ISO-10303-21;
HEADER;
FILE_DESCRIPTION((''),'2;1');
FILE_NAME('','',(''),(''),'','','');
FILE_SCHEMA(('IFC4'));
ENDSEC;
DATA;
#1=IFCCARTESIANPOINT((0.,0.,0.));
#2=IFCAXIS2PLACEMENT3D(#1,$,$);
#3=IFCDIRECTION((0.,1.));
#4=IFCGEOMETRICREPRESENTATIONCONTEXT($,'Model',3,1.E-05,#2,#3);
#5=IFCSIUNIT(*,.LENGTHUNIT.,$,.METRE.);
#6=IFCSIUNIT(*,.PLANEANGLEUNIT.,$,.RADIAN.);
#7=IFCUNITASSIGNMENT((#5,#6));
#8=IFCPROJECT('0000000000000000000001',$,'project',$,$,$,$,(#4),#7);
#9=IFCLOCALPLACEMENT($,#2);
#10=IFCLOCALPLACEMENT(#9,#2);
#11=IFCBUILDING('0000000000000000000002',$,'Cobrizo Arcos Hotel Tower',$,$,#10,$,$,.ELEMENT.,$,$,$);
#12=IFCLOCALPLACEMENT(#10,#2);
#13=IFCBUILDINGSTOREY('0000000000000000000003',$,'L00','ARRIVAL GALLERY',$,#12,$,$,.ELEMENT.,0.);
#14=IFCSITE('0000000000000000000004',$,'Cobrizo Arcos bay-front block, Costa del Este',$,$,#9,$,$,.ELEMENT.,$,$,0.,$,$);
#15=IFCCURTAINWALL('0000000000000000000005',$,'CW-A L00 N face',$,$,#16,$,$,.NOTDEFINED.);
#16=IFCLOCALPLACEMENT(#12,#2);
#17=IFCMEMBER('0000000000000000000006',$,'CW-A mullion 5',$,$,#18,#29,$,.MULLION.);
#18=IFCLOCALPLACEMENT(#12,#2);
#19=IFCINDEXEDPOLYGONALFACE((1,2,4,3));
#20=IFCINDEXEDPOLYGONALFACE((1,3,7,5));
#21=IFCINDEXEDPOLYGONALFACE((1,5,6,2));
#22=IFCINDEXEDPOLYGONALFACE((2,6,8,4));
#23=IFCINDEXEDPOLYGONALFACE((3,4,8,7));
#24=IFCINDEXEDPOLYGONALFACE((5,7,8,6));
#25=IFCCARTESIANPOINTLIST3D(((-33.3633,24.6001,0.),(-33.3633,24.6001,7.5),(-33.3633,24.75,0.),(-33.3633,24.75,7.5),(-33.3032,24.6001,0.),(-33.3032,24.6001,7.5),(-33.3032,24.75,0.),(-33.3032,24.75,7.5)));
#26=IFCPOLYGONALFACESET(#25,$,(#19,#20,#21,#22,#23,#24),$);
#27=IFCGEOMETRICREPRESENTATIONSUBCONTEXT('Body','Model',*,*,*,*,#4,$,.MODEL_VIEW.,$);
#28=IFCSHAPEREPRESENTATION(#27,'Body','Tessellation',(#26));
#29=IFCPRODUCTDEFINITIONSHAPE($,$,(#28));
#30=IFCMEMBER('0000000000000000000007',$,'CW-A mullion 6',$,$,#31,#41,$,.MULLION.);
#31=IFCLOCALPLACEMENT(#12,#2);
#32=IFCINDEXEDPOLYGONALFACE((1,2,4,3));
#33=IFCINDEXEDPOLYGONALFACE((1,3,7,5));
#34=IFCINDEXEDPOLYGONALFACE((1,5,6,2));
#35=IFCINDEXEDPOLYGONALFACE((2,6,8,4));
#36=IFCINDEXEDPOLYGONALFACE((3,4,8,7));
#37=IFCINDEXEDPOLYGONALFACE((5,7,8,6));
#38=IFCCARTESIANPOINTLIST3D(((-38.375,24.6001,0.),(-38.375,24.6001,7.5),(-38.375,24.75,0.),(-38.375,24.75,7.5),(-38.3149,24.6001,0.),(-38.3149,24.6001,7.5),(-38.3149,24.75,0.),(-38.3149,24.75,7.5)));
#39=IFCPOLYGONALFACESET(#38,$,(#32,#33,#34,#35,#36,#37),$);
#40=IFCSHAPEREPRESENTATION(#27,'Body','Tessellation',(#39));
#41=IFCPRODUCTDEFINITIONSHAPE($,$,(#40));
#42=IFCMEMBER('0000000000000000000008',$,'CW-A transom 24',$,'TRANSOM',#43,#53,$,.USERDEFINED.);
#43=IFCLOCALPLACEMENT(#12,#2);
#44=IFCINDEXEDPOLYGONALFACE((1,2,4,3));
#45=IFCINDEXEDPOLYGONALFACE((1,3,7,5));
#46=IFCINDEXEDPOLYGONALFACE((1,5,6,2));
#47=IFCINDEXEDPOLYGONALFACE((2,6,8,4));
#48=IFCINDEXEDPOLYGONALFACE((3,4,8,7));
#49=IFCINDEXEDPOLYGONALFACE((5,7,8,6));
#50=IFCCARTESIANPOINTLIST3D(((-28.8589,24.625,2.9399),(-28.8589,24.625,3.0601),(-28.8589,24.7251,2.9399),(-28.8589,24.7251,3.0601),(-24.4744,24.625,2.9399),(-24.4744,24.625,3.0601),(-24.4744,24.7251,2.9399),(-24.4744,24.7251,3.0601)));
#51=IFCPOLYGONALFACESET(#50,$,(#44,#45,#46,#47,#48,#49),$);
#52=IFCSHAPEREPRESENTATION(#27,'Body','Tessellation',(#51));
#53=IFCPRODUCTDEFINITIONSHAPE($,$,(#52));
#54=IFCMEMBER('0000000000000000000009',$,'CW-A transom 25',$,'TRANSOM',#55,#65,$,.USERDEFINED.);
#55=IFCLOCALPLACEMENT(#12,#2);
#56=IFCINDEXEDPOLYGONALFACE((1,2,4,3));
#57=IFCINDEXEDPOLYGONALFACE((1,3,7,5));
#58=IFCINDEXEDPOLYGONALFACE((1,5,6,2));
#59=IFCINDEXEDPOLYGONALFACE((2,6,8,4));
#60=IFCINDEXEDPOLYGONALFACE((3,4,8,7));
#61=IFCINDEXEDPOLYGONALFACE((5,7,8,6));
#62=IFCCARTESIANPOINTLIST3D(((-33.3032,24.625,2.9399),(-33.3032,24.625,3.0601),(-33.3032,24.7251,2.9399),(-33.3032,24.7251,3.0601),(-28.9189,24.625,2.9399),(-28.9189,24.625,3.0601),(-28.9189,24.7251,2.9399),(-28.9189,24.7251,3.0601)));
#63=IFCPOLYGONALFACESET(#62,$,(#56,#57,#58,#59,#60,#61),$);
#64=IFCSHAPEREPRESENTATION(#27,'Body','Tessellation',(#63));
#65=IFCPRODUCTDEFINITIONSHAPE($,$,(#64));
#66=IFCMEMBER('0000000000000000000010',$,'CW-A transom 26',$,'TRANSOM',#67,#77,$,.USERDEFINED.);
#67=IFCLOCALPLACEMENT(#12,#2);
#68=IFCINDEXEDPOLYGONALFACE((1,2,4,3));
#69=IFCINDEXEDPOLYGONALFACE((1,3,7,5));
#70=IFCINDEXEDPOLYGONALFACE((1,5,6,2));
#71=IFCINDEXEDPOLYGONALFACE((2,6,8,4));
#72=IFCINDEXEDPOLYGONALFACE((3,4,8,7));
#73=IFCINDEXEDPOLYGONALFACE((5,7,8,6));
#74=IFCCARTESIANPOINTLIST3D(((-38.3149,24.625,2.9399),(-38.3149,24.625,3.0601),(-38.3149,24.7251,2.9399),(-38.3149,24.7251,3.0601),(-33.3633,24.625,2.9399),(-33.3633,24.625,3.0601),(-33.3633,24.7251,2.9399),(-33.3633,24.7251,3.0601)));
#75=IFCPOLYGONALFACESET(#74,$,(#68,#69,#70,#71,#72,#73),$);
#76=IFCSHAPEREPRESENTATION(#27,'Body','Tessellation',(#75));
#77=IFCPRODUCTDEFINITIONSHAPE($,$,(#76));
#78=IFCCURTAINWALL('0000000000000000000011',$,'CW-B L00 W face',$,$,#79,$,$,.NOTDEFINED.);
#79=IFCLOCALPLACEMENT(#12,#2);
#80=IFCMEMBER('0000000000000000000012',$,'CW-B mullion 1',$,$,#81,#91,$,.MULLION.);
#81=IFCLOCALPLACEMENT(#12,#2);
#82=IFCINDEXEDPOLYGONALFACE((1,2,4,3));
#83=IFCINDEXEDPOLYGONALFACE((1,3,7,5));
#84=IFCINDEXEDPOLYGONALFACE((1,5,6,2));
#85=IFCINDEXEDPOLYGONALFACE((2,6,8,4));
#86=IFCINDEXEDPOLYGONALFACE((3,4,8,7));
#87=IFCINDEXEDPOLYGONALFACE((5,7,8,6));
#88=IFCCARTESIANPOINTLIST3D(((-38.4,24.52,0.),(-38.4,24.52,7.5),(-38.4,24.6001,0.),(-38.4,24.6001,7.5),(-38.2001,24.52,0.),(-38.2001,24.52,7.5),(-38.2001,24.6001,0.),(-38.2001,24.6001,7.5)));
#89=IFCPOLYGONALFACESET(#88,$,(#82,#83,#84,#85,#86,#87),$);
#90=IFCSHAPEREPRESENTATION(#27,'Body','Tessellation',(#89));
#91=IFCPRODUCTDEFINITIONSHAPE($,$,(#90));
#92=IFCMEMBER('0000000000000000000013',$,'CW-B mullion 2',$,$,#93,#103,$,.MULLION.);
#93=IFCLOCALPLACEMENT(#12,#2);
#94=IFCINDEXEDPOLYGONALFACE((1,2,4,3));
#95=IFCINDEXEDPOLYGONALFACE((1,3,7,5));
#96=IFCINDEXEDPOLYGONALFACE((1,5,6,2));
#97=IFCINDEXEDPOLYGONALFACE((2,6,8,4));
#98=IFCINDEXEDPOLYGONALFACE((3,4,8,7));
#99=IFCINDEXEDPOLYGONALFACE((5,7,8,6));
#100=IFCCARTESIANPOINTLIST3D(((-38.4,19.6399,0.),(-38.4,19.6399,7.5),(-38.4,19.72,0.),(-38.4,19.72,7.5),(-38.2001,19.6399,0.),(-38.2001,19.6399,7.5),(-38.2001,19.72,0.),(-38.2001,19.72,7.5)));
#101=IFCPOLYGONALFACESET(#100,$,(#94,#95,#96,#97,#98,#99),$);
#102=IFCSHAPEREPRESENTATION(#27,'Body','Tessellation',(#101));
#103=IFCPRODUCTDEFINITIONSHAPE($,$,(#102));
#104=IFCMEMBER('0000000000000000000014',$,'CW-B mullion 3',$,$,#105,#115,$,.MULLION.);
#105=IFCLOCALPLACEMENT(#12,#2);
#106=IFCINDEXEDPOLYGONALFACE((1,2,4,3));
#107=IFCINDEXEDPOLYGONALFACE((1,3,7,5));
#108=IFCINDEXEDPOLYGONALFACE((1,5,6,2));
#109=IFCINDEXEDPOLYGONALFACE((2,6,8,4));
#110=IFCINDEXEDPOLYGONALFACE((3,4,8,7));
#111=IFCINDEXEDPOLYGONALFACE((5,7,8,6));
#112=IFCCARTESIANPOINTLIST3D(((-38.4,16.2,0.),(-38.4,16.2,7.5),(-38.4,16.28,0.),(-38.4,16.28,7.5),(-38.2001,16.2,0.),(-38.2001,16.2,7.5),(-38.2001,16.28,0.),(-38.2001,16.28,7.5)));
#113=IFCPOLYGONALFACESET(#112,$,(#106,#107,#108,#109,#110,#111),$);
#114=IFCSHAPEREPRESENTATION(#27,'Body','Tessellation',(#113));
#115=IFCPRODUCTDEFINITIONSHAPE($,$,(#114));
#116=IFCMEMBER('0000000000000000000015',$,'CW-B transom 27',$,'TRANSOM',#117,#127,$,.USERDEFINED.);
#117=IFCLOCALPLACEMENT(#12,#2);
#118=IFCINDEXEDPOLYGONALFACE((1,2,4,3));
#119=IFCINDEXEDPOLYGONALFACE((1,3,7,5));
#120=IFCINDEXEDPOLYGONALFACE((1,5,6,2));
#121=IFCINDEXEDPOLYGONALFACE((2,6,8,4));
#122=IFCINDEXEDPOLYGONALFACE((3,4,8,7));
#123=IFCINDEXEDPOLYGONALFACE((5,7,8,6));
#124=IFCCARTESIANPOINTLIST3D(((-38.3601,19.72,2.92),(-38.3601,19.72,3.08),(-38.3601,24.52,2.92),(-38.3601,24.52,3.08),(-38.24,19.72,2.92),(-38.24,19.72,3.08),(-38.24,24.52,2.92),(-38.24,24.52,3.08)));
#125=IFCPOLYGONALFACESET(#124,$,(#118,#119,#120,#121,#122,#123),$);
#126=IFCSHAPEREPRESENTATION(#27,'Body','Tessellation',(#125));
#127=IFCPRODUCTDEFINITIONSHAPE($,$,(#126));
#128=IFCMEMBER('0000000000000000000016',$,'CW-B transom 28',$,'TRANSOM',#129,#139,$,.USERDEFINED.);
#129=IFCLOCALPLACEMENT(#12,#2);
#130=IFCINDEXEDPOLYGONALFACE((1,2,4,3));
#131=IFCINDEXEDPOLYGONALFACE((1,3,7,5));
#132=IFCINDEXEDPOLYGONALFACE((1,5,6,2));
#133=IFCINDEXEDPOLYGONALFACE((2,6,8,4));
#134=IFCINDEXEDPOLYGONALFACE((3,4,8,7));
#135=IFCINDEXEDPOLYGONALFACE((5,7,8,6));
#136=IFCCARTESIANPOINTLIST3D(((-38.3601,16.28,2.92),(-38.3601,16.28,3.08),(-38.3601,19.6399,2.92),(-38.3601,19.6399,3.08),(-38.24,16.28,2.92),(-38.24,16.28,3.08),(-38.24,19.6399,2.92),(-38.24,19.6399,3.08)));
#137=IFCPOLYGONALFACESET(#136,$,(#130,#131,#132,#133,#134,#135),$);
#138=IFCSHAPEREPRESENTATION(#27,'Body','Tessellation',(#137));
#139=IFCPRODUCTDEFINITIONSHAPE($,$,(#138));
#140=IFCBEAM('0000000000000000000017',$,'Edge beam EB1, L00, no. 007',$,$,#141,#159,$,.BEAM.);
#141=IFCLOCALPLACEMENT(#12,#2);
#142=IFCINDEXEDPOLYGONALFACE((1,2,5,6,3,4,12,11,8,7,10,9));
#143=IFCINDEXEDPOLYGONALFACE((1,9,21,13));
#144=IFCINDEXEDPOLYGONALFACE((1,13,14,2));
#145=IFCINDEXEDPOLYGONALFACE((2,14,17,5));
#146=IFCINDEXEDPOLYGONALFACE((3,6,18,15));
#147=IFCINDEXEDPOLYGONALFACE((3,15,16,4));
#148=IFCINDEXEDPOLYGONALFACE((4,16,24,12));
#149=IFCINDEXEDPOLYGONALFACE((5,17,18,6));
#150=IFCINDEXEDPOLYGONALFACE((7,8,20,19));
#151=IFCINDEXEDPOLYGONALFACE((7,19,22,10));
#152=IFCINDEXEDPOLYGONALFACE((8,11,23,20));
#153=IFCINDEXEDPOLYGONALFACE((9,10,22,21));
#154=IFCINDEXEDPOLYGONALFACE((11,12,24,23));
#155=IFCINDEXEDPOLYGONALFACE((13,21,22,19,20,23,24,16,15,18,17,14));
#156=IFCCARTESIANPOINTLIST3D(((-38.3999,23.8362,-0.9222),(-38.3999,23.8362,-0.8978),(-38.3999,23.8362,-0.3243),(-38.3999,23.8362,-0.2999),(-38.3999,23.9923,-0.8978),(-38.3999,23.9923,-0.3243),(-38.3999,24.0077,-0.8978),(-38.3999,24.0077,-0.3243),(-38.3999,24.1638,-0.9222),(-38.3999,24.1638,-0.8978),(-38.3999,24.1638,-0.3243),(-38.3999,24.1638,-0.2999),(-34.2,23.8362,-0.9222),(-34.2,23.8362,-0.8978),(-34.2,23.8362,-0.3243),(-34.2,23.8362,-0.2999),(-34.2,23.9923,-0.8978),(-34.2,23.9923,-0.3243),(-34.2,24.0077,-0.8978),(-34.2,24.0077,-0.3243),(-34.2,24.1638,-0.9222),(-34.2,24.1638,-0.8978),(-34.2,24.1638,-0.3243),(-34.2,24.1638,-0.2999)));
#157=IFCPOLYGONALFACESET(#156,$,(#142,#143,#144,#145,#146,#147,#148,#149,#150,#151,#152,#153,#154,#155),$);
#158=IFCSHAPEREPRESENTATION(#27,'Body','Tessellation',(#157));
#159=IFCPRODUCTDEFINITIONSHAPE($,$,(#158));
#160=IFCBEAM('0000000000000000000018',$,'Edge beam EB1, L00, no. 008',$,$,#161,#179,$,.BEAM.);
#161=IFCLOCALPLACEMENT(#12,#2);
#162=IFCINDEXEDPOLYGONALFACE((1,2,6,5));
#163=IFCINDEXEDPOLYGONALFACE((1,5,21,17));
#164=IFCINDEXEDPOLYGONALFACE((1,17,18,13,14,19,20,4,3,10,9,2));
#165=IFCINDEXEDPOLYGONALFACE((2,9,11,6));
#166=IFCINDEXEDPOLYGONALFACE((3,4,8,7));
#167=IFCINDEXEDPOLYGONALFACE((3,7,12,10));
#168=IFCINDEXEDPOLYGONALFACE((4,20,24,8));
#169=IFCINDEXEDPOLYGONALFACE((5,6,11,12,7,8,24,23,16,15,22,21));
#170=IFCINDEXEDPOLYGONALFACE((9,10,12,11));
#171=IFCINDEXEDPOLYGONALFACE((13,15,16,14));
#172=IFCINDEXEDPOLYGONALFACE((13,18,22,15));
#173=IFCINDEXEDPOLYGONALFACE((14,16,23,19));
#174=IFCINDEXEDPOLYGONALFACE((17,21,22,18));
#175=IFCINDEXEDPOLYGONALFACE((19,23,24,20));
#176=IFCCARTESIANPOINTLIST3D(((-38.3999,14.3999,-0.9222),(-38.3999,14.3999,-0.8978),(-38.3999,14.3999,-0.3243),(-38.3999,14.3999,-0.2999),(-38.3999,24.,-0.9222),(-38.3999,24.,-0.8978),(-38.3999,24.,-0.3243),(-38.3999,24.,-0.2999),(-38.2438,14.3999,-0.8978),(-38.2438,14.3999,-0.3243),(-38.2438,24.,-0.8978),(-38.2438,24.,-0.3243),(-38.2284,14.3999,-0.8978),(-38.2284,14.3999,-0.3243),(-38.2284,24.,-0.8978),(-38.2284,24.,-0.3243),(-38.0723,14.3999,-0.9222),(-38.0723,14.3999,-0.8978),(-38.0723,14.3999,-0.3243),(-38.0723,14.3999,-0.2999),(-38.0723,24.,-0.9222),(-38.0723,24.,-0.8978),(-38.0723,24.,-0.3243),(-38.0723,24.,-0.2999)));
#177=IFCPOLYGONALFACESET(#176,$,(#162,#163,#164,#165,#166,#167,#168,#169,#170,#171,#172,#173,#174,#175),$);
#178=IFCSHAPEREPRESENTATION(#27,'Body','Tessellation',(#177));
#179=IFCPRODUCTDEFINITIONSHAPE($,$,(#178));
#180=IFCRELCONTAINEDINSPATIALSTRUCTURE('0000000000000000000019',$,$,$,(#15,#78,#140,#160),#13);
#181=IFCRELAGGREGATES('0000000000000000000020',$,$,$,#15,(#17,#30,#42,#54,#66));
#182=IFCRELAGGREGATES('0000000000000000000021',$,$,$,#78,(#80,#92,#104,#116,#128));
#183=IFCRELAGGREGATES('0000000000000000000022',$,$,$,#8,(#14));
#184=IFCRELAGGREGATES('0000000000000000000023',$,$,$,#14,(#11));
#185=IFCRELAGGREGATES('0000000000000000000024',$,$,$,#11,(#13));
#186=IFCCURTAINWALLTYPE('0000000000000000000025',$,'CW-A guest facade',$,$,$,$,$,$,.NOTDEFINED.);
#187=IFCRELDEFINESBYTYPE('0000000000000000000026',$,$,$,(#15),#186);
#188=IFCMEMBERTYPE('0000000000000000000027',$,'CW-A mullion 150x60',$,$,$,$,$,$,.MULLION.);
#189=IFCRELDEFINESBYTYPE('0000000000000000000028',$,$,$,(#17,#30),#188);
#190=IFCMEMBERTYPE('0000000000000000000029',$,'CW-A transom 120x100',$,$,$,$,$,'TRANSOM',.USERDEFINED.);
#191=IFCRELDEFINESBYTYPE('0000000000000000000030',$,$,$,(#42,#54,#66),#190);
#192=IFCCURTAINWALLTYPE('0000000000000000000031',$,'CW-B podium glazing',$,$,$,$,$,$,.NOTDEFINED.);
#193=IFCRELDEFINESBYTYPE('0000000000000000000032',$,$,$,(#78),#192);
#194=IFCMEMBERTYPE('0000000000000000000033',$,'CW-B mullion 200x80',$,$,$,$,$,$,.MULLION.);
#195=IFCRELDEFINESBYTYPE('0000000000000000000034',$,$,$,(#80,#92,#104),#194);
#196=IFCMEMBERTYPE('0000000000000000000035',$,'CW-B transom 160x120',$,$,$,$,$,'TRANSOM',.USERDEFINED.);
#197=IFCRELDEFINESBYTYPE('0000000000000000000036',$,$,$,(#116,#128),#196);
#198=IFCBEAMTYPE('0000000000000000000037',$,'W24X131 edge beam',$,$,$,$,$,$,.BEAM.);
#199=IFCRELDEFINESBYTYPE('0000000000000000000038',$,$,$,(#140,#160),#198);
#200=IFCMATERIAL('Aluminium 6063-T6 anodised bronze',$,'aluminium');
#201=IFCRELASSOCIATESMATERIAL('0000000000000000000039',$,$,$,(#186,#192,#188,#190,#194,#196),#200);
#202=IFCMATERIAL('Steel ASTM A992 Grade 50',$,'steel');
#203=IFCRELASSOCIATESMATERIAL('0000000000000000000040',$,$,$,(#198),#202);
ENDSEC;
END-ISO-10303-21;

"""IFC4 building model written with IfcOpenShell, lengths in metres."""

from ifc_helpers import new_model, si_unit, direction, frame, origin, origin_2d, place, context, subcontext, project, spatial, rectangle, i_section, extrude, material, material_profile, profile_set, type_object, element, aggregate, save


model = new_model("IFC4")

# Units and contexts
model_context = context("Model", 3, precision=1e-05, world=origin(), true_north=direction((0.0, 1.0)))
body_context = subcontext(model_context, "Body", "Model", "MODEL_VIEW")
ifc_project = project(units=[si_unit("LENGTHUNIT", "METRE"), si_unit("PLANEANGLEUNIT", "RADIAN")], contexts=[model_context])

# Site, building, storey
site_placement = place(None, origin())
site = spatial("IfcSite", under=ifc_project, at=site_placement, Name="Cobrizo Arcos bay-front block, Costa del Este", CompositionType="ELEMENT", RefElevation=0.0)
building_placement = place(site_placement, origin())
building = spatial("IfcBuilding", under=site, at=building_placement, Name="Cobrizo Arcos Hotel Tower", CompositionType="ELEMENT")
storey_placement = place(building_placement, origin())
storey = spatial("IfcBuildingStorey", under=building, at=storey_placement, Name="L00", Description="ARRIVAL GALLERY", CompositionType="ELEMENT", Elevation=0.0)

# Curtain walls, members
ifc_material_1 = material(Name="Aluminium 6063-T6 anodised bronze", Category="aluminium")
curtain_wall_type_1 = type_object("IfcCurtainWallType", Name="CW-A guest facade", PredefinedType="NOTDEFINED", material=ifc_material_1)
curtain_wall_1_placement = place(storey_placement, origin())
curtain_wall_1 = element("IfcCurtainWall", 1, at=curtain_wall_1_placement, inside=storey, type_object=curtain_wall_type_1, Name="CW-A L00 N face", PredefinedType="NOTDEFINED")
ifc_material_profile_1 = material_profile(ifc_material_1, rectangle(XDim=0.1499, YDim=0.0601, at=origin_2d()), Name="CW-A mullion 150x60")
ifc_profile_set_1 = profile_set([ifc_material_profile_1], Name="Aluminium 6063-T6 anodised bronze")
member_type_1 = type_object("IfcMemberType", Name="CW-A mullion 150x60", PredefinedType="MULLION", material=ifc_profile_set_1)
member_1_placement = place(storey_placement, frame((-33.3333, 24.675, 0.0), z_axis=(0.0, 0.0, 1.0), x_axis=(0.0, 1.0, 0.0)))
member_1 = element("IfcMember", 2, at=member_1_placement, type_object=member_type_1, Name="CW-A mullion 5", PredefinedType="MULLION", context=body_context, shape_type="SweptSolid", body=[
    extrude(rectangle(XDim=0.1499, YDim=0.0601, at=origin_2d()), origin(), (0.0, 0.0, 1.0), 7.5),
])
member_2_placement = place(storey_placement, frame((-38.345, 24.675, 0.0), z_axis=(0.0, 0.0, 1.0), x_axis=(0.0, 1.0, 0.0)))
member_2 = element("IfcMember", 3, at=member_2_placement, type_object=member_type_1, Name="CW-A mullion 6", PredefinedType="MULLION", context=body_context, shape_type="SweptSolid", body=[
    extrude(rectangle(XDim=0.1499, YDim=0.0601, at=origin_2d()), origin(), (0.0, 0.0, 1.0), 7.5),
])
ifc_material_profile_2 = material_profile(ifc_material_1, rectangle(XDim=0.1001, YDim=0.1201, at=origin_2d()), Name="CW-A transom 120x100")
ifc_profile_set_2 = profile_set([ifc_material_profile_2], Name="Aluminium 6063-T6 anodised bronze")
member_type_2 = type_object("IfcMemberType", Name="CW-A transom 120x100", ElementType="TRANSOM", PredefinedType="USERDEFINED", material=ifc_profile_set_2)
member_3_placement = place(storey_placement, frame((-24.4744, 24.675, 3.0), z_axis=(-1.0, 0.0, 0.0), x_axis=(0.0, -1.0, 0.0)))
member_3 = element("IfcMember", 4, at=member_3_placement, type_object=member_type_2, Name="CW-A transom 24", ObjectType="TRANSOM", PredefinedType="USERDEFINED", context=body_context, shape_type="SweptSolid", body=[
    extrude(rectangle(XDim=0.1001, YDim=0.1201, at=origin_2d()), origin(), (0.0, 0.0, 1.0), 4.3845),
])
member_4_placement = place(storey_placement, frame((-28.9189, 24.675, 3.0), z_axis=(-1.0, 0.0, 0.0), x_axis=(0.0, -1.0, 0.0)))
member_4 = element("IfcMember", 5, at=member_4_placement, type_object=member_type_2, Name="CW-A transom 25", ObjectType="TRANSOM", PredefinedType="USERDEFINED", context=body_context, shape_type="SweptSolid", body=[
    extrude(rectangle(XDim=0.1001, YDim=0.1201, at=origin_2d()), origin(), (0.0, 0.0, 1.0), 4.3843),
])
member_5_placement = place(storey_placement, frame((-33.3633, 24.675, 3.0), z_axis=(-1.0, 0.0, 0.0), x_axis=(0.0, -1.0, 0.0)))
member_5 = element("IfcMember", 6, at=member_5_placement, type_object=member_type_2, Name="CW-A transom 26", ObjectType="TRANSOM", PredefinedType="USERDEFINED", context=body_context, shape_type="SweptSolid", body=[
    extrude(rectangle(XDim=0.1001, YDim=0.1201, at=origin_2d()), origin(), (0.0, 0.0, 1.0), 4.9517),
])
curtain_wall_type_2 = type_object("IfcCurtainWallType", Name="CW-B podium glazing", PredefinedType="NOTDEFINED", material=ifc_material_1)
curtain_wall_2_placement = place(storey_placement, origin())
curtain_wall_2 = element("IfcCurtainWall", 7, at=curtain_wall_2_placement, inside=storey, type_object=curtain_wall_type_2, Name="CW-B L00 W face", PredefinedType="NOTDEFINED")
ifc_material_profile_3 = material_profile(ifc_material_1, rectangle(XDim=0.2, YDim=0.0801, at=origin_2d()), Name="CW-B mullion 200x80")
ifc_profile_set_3 = profile_set([ifc_material_profile_3], Name="Aluminium 6063-T6 anodised bronze")
member_type_3 = type_object("IfcMemberType", Name="CW-B mullion 200x80", PredefinedType="MULLION", material=ifc_profile_set_3)
member_6_placement = place(storey_placement, frame((-38.3, 24.5601, 0.0), z_axis=(0.0, 0.0, 1.0), x_axis=(-1.0, 0.0, 0.0)))
member_6 = element("IfcMember", 8, at=member_6_placement, type_object=member_type_3, Name="CW-B mullion 1", PredefinedType="MULLION", context=body_context, shape_type="SweptSolid", body=[
    extrude(rectangle(XDim=0.2, YDim=0.0801, at=origin_2d()), origin(), (0.0, 0.0, 1.0), 7.5),
])
member_7_placement = place(storey_placement, frame((-38.3, 19.6799, 0.0), z_axis=(0.0, 0.0, 1.0), x_axis=(-1.0, 0.0, 0.0)))
member_7 = element("IfcMember", 9, at=member_7_placement, type_object=member_type_3, Name="CW-B mullion 2", PredefinedType="MULLION", context=body_context, shape_type="SweptSolid", body=[
    extrude(rectangle(XDim=0.2, YDim=0.0801, at=origin_2d()), origin(), (0.0, 0.0, 1.0), 7.5),
])
member_8_placement = place(storey_placement, frame((-38.3, 16.24, 0.0), z_axis=(0.0, 0.0, 1.0), x_axis=(-1.0, 0.0, 0.0)))
member_8 = element("IfcMember", 10, at=member_8_placement, type_object=member_type_3, Name="CW-B mullion 3", PredefinedType="MULLION", context=body_context, shape_type="SweptSolid", body=[
    extrude(rectangle(XDim=0.2, YDim=0.0801, at=origin_2d()), origin(), (0.0, 0.0, 1.0), 7.5),
])
ifc_material_profile_4 = material_profile(ifc_material_1, rectangle(XDim=0.1201, YDim=0.1599, at=origin_2d()), Name="CW-B transom 160x120")
ifc_profile_set_4 = profile_set([ifc_material_profile_4], Name="Aluminium 6063-T6 anodised bronze")
member_type_4 = type_object("IfcMemberType", Name="CW-B transom 160x120", ElementType="TRANSOM", PredefinedType="USERDEFINED", material=ifc_profile_set_4)
member_9_placement = place(storey_placement, frame((-38.3, 24.52, 3.0), z_axis=(0.0, -1.0, 0.0), x_axis=(1.0, 0.0, 0.0)))
member_9 = element("IfcMember", 11, at=member_9_placement, type_object=member_type_4, Name="CW-B transom 27", ObjectType="TRANSOM", PredefinedType="USERDEFINED", context=body_context, shape_type="SweptSolid", body=[
    extrude(rectangle(XDim=0.1201, YDim=0.1599, at=origin_2d()), origin(), (0.0, 0.0, 1.0), 4.8),
])
member_10_placement = place(storey_placement, frame((-38.3, 19.6399, 3.0), z_axis=(0.0, -1.0, 0.0), x_axis=(1.0, 0.0, 0.0)))
member_10 = element("IfcMember", 12, at=member_10_placement, type_object=member_type_4, Name="CW-B transom 28", ObjectType="TRANSOM", PredefinedType="USERDEFINED", context=body_context, shape_type="SweptSolid", body=[
    extrude(rectangle(XDim=0.1201, YDim=0.1599, at=origin_2d()), origin(), (0.0, 0.0, 1.0), 3.3599),
])

# Beams
ifc_material_2 = material(Name="Steel ASTM A992 Grade 50", Category="steel")
ifc_material_profile_5 = material_profile(ifc_material_2, i_section(OverallWidth=0.3276, OverallDepth=0.6223, WebThickness=0.0154, FlangeThickness=0.0244, at=origin_2d()), Name="W24X131")
ifc_profile_set_5 = profile_set([ifc_material_profile_5], Name="Steel ASTM A992 Grade 50")
beam_type_1 = type_object("IfcBeamType", Name="W24X131 edge beam", PredefinedType="BEAM", material=ifc_profile_set_5)
beam_1_placement = place(storey_placement, frame((-34.2, 24.0, -0.6111), z_axis=(-1.0, 0.0, 0.0), x_axis=(0.0, -1.0, 0.0)))
element("IfcBeam", 13, at=beam_1_placement, inside=storey, type_object=beam_type_1, Name="Edge beam EB1, L00, no. 007", PredefinedType="BEAM", context=body_context, shape_type="SweptSolid", body=[
    extrude(i_section(OverallWidth=0.3276, OverallDepth=0.6223, WebThickness=0.0154, FlangeThickness=0.0244, at=origin_2d()), origin(), (0.0, 0.0, 1.0), 4.2),
])
beam_2_placement = place(storey_placement, frame((-38.2361, 24.0, -0.6111), z_axis=(0.0, -1.0, 0.0), x_axis=(1.0, 0.0, 0.0)))
element("IfcBeam", 14, at=beam_2_placement, inside=storey, type_object=beam_type_1, Name="Edge beam EB1, L00, no. 008", PredefinedType="BEAM", context=body_context, shape_type="SweptSolid", body=[
    extrude(i_section(OverallWidth=0.3276, OverallDepth=0.6223, WebThickness=0.0154, FlangeThickness=0.0244, at=origin_2d()), origin(), (0.0, 0.0, 1.0), 9.6001),
])

aggregate(curtain_wall_1, [member_1, member_2, member_3, member_4, member_5])
aggregate(curtain_wall_2, [member_6, member_7, member_8, member_9, member_10])

save(model, "model.ifc")
